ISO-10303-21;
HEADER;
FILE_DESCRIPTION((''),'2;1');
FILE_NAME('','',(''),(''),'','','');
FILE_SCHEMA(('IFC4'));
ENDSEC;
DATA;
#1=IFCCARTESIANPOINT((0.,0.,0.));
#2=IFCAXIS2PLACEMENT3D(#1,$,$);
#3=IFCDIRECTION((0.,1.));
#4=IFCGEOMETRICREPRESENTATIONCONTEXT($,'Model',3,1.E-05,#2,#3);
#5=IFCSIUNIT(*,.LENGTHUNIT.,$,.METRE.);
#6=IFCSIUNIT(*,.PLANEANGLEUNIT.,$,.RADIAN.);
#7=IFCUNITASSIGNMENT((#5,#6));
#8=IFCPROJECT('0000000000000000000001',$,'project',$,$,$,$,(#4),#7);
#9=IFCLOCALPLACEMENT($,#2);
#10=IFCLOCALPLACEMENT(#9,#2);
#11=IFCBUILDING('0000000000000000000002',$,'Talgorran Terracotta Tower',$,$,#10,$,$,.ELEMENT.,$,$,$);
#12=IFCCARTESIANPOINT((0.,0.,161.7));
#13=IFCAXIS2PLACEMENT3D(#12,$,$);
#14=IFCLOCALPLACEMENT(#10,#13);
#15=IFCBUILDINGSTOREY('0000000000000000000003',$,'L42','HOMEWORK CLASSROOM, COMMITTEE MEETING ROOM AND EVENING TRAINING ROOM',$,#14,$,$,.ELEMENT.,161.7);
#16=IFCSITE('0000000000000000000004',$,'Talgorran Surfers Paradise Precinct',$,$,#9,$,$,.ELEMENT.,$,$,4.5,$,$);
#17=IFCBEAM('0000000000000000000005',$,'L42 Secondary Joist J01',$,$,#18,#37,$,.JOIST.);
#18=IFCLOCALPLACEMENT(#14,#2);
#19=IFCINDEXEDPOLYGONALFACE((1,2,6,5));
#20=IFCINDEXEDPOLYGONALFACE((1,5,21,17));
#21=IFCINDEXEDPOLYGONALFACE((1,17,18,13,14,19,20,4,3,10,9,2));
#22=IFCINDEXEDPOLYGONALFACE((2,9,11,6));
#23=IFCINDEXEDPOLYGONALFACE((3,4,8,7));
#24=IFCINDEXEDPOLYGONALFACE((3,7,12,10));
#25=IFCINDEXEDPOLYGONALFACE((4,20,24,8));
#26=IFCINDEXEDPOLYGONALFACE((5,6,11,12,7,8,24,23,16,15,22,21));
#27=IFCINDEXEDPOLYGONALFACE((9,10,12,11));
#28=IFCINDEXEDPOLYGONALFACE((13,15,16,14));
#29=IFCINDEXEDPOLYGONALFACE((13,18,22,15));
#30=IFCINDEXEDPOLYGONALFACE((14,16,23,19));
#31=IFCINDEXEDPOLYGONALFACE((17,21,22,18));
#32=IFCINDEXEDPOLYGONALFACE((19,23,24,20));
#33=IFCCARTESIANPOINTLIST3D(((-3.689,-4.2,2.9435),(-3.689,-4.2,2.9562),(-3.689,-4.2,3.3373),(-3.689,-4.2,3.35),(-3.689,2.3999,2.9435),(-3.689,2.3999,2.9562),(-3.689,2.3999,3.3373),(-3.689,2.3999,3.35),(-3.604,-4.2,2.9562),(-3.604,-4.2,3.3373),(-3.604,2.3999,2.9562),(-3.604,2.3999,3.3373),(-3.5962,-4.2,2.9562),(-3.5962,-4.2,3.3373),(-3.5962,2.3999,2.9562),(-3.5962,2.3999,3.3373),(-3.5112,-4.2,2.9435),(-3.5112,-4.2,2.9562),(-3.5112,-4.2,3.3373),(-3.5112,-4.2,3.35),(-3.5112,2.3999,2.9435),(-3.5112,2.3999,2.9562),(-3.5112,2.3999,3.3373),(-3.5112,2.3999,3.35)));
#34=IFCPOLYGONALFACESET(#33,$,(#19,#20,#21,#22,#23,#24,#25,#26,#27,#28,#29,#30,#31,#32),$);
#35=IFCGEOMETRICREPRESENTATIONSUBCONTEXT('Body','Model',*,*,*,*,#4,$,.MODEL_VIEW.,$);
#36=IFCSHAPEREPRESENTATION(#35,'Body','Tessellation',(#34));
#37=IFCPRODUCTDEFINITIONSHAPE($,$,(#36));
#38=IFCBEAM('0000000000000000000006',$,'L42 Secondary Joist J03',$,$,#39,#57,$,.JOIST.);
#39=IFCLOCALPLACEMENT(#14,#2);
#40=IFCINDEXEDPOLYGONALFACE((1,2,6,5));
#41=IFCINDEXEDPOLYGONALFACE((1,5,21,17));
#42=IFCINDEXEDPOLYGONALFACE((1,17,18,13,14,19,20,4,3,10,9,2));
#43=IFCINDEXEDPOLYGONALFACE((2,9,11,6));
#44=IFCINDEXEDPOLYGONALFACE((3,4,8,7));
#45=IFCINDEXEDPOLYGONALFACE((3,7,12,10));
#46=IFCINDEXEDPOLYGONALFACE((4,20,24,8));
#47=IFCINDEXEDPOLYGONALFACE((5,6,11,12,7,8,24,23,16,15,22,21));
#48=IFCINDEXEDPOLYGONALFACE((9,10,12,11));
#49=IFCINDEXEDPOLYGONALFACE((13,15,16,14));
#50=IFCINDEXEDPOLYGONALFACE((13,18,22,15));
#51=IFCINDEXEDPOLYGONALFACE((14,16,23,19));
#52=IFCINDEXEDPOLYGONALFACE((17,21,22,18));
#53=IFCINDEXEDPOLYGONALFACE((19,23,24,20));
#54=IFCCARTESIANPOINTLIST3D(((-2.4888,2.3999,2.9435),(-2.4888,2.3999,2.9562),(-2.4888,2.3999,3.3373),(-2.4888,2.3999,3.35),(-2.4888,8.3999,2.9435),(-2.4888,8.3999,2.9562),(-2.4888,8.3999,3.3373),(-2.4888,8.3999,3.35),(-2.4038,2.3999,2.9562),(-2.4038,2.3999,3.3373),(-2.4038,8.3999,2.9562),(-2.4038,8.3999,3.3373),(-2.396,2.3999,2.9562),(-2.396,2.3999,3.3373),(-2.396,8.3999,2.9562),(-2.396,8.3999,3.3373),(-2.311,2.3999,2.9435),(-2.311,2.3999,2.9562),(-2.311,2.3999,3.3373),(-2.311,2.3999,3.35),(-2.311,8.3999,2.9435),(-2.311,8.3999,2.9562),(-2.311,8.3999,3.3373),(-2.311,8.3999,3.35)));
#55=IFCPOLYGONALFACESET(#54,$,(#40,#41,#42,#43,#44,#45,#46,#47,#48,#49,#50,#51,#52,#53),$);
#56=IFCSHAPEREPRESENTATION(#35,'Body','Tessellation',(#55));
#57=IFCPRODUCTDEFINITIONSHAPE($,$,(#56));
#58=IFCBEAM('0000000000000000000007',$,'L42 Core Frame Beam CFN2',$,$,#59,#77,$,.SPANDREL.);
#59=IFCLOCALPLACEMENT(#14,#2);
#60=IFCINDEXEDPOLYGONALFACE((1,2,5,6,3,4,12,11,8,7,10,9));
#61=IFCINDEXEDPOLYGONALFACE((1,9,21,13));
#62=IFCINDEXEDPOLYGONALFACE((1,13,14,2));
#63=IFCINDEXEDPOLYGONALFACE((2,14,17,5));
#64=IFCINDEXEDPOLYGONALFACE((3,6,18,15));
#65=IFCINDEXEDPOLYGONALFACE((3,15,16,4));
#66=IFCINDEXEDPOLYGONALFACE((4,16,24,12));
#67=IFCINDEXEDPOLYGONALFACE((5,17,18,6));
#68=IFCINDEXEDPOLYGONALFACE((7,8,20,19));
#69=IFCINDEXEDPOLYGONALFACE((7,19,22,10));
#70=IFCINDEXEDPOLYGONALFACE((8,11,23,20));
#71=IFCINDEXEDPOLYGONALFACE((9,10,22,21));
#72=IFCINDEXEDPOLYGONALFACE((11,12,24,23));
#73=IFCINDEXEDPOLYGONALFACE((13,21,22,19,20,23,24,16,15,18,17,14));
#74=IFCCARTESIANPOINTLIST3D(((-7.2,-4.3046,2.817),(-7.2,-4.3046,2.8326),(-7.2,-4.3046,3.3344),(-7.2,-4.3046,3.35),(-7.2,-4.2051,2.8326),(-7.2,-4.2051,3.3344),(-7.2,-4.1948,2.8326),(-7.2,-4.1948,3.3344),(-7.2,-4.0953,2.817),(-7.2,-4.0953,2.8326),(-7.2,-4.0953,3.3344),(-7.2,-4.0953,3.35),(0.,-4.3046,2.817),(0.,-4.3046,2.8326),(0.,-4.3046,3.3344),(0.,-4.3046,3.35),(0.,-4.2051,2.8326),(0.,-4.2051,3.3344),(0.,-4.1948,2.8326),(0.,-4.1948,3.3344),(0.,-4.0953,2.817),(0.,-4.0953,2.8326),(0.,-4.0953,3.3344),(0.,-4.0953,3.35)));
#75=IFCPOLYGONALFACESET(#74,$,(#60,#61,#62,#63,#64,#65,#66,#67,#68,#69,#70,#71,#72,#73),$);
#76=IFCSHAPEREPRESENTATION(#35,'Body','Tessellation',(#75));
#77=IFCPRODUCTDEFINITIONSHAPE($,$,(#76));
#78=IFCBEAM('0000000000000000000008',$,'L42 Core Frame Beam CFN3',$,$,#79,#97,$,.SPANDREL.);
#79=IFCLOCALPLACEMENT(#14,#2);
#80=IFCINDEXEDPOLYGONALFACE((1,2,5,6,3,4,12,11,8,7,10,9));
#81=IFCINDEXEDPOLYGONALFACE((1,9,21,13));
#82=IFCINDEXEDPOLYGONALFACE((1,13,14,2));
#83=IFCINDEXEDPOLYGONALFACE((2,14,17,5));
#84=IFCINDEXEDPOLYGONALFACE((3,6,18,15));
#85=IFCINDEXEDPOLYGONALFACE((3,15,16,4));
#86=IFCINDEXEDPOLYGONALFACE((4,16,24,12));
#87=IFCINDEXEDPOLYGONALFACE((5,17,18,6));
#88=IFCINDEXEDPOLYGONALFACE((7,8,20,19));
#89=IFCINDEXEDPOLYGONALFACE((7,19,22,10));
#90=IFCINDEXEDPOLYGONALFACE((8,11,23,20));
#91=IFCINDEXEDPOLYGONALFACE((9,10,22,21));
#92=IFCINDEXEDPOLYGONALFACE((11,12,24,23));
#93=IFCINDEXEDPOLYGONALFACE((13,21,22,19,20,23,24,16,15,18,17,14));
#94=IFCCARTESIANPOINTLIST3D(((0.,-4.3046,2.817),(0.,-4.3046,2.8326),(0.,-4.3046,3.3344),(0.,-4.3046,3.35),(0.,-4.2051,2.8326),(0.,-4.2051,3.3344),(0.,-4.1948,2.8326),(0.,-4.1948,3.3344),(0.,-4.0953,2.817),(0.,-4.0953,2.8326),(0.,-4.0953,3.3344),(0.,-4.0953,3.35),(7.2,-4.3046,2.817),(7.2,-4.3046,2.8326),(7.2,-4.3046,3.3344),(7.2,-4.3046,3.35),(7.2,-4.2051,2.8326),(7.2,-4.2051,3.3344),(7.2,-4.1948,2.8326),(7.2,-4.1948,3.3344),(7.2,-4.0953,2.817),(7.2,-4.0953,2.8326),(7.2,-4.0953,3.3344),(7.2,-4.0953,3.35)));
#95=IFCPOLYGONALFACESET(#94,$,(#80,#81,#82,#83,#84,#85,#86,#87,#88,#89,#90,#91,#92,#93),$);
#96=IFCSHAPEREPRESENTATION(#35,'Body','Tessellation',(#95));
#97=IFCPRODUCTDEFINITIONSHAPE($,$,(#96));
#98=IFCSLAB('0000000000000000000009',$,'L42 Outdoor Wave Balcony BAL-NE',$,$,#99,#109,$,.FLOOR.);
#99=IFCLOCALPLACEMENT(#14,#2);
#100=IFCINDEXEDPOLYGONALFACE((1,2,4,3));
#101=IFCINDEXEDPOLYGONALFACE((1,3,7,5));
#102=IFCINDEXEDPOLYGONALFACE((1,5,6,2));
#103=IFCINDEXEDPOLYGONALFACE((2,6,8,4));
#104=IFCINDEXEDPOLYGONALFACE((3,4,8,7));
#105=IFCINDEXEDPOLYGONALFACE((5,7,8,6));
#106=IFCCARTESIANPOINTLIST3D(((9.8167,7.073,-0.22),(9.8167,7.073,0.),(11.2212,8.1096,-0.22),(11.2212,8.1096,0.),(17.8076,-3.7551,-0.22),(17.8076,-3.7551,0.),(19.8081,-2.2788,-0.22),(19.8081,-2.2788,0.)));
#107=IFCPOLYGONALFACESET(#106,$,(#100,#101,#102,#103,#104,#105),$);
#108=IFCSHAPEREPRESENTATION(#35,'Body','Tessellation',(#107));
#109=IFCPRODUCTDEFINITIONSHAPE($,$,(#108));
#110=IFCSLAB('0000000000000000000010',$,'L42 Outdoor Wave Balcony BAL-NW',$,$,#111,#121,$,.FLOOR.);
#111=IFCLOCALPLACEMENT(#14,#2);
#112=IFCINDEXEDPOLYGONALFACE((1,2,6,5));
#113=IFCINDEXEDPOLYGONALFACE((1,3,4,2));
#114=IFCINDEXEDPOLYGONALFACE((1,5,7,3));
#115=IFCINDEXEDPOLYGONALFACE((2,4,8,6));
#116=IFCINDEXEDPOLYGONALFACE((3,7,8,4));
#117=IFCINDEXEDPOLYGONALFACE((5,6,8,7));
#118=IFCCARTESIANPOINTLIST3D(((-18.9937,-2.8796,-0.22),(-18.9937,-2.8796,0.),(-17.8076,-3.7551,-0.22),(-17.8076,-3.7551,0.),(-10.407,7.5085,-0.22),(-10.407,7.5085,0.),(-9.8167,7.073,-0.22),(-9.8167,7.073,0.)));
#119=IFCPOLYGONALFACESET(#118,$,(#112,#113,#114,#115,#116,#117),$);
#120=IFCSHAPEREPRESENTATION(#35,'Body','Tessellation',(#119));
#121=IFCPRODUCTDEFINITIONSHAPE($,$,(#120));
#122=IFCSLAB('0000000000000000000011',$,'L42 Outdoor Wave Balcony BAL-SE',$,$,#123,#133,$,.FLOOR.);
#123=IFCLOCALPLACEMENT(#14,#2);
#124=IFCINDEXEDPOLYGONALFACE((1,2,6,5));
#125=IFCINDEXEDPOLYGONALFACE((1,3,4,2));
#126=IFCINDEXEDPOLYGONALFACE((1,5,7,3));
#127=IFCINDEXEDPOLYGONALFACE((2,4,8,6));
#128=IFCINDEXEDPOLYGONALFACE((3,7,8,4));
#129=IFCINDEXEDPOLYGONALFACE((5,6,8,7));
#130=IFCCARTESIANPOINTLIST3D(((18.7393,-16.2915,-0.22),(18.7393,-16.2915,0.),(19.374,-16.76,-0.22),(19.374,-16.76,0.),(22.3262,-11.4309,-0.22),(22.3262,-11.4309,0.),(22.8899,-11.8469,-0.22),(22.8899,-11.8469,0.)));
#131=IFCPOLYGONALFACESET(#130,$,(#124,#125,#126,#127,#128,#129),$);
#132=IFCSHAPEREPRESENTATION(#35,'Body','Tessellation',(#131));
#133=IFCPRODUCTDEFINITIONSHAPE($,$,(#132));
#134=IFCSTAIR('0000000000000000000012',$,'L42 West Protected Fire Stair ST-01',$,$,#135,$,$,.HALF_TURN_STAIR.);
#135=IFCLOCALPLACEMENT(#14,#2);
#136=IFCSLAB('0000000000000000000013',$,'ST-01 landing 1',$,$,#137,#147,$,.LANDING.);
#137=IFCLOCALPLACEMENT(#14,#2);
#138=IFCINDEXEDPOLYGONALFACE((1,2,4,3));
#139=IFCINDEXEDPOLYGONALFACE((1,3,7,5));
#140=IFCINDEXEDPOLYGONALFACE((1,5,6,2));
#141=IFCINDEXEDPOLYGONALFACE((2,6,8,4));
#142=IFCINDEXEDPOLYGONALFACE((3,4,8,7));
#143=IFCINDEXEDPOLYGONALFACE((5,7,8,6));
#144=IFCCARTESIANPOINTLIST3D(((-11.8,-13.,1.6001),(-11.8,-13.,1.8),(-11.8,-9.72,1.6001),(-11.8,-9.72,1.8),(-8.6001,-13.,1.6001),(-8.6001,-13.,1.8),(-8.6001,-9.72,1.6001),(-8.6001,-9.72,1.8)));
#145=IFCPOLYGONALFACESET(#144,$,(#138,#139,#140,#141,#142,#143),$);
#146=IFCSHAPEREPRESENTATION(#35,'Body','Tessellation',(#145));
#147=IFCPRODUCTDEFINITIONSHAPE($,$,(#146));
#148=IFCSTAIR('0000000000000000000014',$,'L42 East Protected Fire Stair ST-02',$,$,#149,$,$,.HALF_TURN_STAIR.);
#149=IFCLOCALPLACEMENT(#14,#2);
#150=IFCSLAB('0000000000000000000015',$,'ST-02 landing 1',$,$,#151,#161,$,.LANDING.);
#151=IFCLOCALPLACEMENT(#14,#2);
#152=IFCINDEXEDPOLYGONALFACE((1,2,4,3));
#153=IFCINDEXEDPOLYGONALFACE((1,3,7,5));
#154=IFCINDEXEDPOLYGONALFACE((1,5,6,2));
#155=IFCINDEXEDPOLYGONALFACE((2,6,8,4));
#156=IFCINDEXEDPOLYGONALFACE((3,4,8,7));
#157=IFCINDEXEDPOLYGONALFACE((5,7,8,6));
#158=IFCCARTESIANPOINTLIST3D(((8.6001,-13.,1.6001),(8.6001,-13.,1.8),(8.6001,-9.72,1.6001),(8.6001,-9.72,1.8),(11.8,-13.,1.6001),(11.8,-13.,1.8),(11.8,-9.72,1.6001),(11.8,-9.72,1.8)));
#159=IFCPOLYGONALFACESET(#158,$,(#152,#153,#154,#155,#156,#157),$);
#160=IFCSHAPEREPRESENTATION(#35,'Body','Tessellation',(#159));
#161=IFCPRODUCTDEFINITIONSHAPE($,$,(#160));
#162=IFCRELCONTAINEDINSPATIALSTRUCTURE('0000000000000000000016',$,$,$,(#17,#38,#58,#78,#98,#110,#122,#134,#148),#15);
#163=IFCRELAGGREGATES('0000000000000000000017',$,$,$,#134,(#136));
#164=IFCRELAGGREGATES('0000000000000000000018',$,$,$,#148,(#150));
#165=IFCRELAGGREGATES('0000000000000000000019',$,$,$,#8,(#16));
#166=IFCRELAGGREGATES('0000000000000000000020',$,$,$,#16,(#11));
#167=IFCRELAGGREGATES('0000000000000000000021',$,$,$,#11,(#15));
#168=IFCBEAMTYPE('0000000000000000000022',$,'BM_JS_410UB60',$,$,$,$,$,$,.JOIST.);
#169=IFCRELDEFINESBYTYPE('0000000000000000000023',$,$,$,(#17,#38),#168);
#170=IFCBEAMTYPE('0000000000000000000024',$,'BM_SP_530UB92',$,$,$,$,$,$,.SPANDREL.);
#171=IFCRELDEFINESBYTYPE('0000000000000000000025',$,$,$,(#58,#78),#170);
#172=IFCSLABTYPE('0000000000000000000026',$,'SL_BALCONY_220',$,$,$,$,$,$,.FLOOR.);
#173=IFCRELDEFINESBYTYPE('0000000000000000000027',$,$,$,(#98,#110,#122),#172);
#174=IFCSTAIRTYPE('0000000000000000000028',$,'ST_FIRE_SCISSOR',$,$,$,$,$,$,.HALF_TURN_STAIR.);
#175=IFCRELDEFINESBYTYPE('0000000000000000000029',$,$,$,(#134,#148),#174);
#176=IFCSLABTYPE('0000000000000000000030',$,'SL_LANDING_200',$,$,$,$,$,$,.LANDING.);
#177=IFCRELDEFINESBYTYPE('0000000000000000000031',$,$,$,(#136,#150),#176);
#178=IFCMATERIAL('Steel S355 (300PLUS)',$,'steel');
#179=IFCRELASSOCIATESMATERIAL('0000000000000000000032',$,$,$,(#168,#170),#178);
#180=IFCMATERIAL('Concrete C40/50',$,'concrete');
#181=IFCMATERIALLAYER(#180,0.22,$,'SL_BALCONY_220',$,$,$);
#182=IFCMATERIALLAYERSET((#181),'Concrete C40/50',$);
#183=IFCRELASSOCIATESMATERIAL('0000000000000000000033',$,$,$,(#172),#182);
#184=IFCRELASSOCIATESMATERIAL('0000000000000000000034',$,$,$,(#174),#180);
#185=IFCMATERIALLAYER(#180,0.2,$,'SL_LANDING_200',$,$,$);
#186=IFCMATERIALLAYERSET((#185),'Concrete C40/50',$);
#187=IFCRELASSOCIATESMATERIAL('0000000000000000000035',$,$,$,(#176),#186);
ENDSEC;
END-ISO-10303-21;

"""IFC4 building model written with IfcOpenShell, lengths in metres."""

from ifc_helpers import new_model, si_unit, direction, frame, origin, origin_2d, place, context, subcontext, project, spatial, polyline, i_section, outline, extrude, material, layer, layer_set, material_profile, profile_set, type_object, element, aggregate, save


model = new_model("IFC4")

# Units and contexts
model_context = context("Model", 3, precision=1e-05, world=origin(), true_north=direction((0.0, 1.0)))
body_context = subcontext(model_context, "Body", "Model", "MODEL_VIEW")
ifc_project = project(units=[si_unit("LENGTHUNIT", "METRE"), si_unit("PLANEANGLEUNIT", "RADIAN")], contexts=[model_context])

# Site, building, storey
site_placement = place(None, origin())
site = spatial("IfcSite", under=ifc_project, at=site_placement, Name="Talgorran Surfers Paradise Precinct", CompositionType="ELEMENT", RefElevation=4.5)
building_placement = place(site_placement, origin())
building = spatial("IfcBuilding", under=site, at=building_placement, Name="Talgorran Terracotta Tower", CompositionType="ELEMENT")
storey_placement = place(building_placement, frame((0.0, 0.0, 161.7)))
storey = spatial("IfcBuildingStorey", under=building, at=storey_placement, Name="L42", Description="HOMEWORK CLASSROOM, COMMITTEE MEETING ROOM AND EVENING TRAINING ROOM", CompositionType="ELEMENT", Elevation=161.7)

# Shared definitions
ifc_material_1 = material(Name="Steel S355 (300PLUS)", Category="steel")

# Beams
ifc_material_profile_1 = material_profile(ifc_material_1, i_section(OverallWidth=0.1777, OverallDepth=0.4065, WebThickness=0.0078, FlangeThickness=0.0127, at=origin_2d()), Name="410UB59.7")
ifc_profile_set_1 = profile_set([ifc_material_profile_1], Name="Steel S355 (300PLUS)")
beam_type_1 = type_object("IfcBeamType", Name="BM_JS_410UB60", PredefinedType="JOIST", material=ifc_profile_set_1)
beam_1_placement = place(storey_placement, frame((-3.6001, -4.2, 3.1467), z_axis=(0.0, 1.0, 0.0), x_axis=(-1.0, 0.0, 0.0)))
element("IfcBeam", 1, at=beam_1_placement, inside=storey, type_object=beam_type_1, Name="L42 Secondary Joist J01", PredefinedType="JOIST", context=body_context, shape_type="SweptSolid", body=[
    extrude(i_section(OverallWidth=0.1777, OverallDepth=0.4065, WebThickness=0.0078, FlangeThickness=0.0127, at=origin_2d()), origin(), (0.0, 0.0, 1.0), 6.5999),
])
beam_2_placement = place(storey_placement, frame((-2.3999, 2.3999, 3.1467), z_axis=(0.0, 1.0, 0.0), x_axis=(-1.0, 0.0, 0.0)))
element("IfcBeam", 2, at=beam_2_placement, inside=storey, type_object=beam_type_1, Name="L42 Secondary Joist J03", PredefinedType="JOIST", context=body_context, shape_type="SweptSolid", body=[
    extrude(i_section(OverallWidth=0.1777, OverallDepth=0.4065, WebThickness=0.0078, FlangeThickness=0.0127, at=origin_2d()), origin(), (0.0, 0.0, 1.0), 6.0),
])
ifc_material_profile_2 = material_profile(ifc_material_1, i_section(OverallWidth=0.2092, OverallDepth=0.533, WebThickness=0.0103, FlangeThickness=0.0156, at=origin_2d()), Name="530UB92.4")
ifc_profile_set_2 = profile_set([ifc_material_profile_2], Name="Steel S355 (300PLUS)")
beam_type_2 = type_object("IfcBeamType", Name="BM_SP_530UB92", PredefinedType="SPANDREL", material=ifc_profile_set_2)
for number, where, z_axis, x_axis, name in (
    (3, (-7.2, -4.2, 3.0835), (1.0, 0.0, 0.0), (0.0, 1.0, 0.0), "L42 Core Frame Beam CFN2"),
    (4, (0.0, -4.2, 3.0835), (1.0, 0.0, 0.0), (0.0, 1.0, 0.0), "L42 Core Frame Beam CFN3"),
):
    element("IfcBeam", number, at=place(storey_placement, frame(where, z_axis=z_axis, x_axis=x_axis)), inside=storey, type_object=beam_type_2, Name=name, PredefinedType="SPANDREL", context=body_context, shape_type="SweptSolid", body=[
        extrude(i_section(OverallWidth=0.2092, OverallDepth=0.533, WebThickness=0.0103, FlangeThickness=0.0156, at=origin_2d()), origin(), (0.0, 0.0, 1.0), 7.2),
    ])

# Slabs
ifc_material_2 = material(Name="Concrete C40/50", Category="concrete")
ifc_layer_1 = layer(ifc_material_2, 0.22, Name="SL_BALCONY_220")
ifc_layer_set_1 = layer_set([ifc_layer_1], Name="Concrete C40/50")
slab_type_1 = type_object("IfcSlabType", Name="SL_BALCONY_220", PredefinedType="FLOOR", material=ifc_layer_set_1)
slab_1_placement = place(storey_placement, frame((0.0, 0.0, -0.22)))
element("IfcSlab", 5, at=slab_1_placement, inside=storey, type_object=slab_type_1, Name="L42 Outdoor Wave Balcony BAL-NE", PredefinedType="FLOOR", context=body_context, shape_type="SweptSolid", body=[
    extrude(outline(polyline([(9.8167, 7.073), (17.8076, -3.7551), (19.8081, -2.2788), (11.2212, 8.1096), (9.8167, 7.073)])), origin(), (0.0, 0.0, 1.0), 0.22),
])
slab_2_placement = place(storey_placement, frame((0.0, 0.0, -0.22)))
element("IfcSlab", 6, at=slab_2_placement, inside=storey, type_object=slab_type_1, Name="L42 Outdoor Wave Balcony BAL-NW", PredefinedType="FLOOR", context=body_context, shape_type="SweptSolid", body=[
    extrude(outline(polyline([(-17.8076, -3.7551), (-9.8167, 7.073), (-10.407, 7.5085), (-18.9937, -2.8796), (-17.8076, -3.7551)])), origin(), (0.0, 0.0, 1.0), 0.22),
])
slab_3_placement = place(storey_placement, frame((0.0, 0.0, -0.22)))
element("IfcSlab", 7, at=slab_3_placement, inside=storey, type_object=slab_type_1, Name="L42 Outdoor Wave Balcony BAL-SE", PredefinedType="FLOOR", context=body_context, shape_type="SweptSolid", body=[
    extrude(outline(polyline([(22.3262, -11.4309), (18.7393, -16.2915), (19.374, -16.76), (22.8899, -11.8469), (22.3262, -11.4309)])), origin(), (0.0, 0.0, 1.0), 0.22),
])

# Stairs, slabs
stair_type = type_object("IfcStairType", Name="ST_FIRE_SCISSOR", PredefinedType="HALF_TURN_STAIR", material=ifc_material_2)
stair_1_placement = place(storey_placement, origin())
stair_1 = element("IfcStair", 8, at=stair_1_placement, inside=storey, type_object=stair_type, Name="L42 West Protected Fire Stair ST-01", PredefinedType="HALF_TURN_STAIR")
ifc_layer_2 = layer(ifc_material_2, 0.2, Name="SL_LANDING_200")
ifc_layer_set_2 = layer_set([ifc_layer_2], Name="Concrete C40/50")
slab_type_2 = type_object("IfcSlabType", Name="SL_LANDING_200", PredefinedType="LANDING", material=ifc_layer_set_2)
slab_4_placement = place(storey_placement, frame((0.0, 0.0, 1.6001)))
slab_4 = element("IfcSlab", 9, at=slab_4_placement, type_object=slab_type_2, Name="ST-01 landing 1", PredefinedType="LANDING", context=body_context, shape_type="SweptSolid", body=[
    extrude(outline(polyline([(-11.8, -9.72), (-11.8, -13.0), (-8.6001, -13.0), (-8.6001, -9.72), (-11.8, -9.72)])), origin(), (0.0, 0.0, 1.0), 0.2),
])
aggregate(stair_1, [slab_4])
stair_2_placement = place(storey_placement, origin())
stair_2 = element("IfcStair", 10, at=stair_2_placement, inside=storey, type_object=stair_type, Name="L42 East Protected Fire Stair ST-02", PredefinedType="HALF_TURN_STAIR")
slab_5_placement = place(storey_placement, frame((0.0, 0.0, 1.6001)))
slab_5 = element("IfcSlab", 11, at=slab_5_placement, type_object=slab_type_2, Name="ST-02 landing 1", PredefinedType="LANDING", context=body_context, shape_type="SweptSolid", body=[
    extrude(outline(polyline([(8.6001, -9.72), (8.6001, -13.0), (11.8, -13.0), (11.8, -9.72), (8.6001, -9.72)])), origin(), (0.0, 0.0, 1.0), 0.2),
])
aggregate(stair_2, [slab_5])

save(model, "model.ifc")
